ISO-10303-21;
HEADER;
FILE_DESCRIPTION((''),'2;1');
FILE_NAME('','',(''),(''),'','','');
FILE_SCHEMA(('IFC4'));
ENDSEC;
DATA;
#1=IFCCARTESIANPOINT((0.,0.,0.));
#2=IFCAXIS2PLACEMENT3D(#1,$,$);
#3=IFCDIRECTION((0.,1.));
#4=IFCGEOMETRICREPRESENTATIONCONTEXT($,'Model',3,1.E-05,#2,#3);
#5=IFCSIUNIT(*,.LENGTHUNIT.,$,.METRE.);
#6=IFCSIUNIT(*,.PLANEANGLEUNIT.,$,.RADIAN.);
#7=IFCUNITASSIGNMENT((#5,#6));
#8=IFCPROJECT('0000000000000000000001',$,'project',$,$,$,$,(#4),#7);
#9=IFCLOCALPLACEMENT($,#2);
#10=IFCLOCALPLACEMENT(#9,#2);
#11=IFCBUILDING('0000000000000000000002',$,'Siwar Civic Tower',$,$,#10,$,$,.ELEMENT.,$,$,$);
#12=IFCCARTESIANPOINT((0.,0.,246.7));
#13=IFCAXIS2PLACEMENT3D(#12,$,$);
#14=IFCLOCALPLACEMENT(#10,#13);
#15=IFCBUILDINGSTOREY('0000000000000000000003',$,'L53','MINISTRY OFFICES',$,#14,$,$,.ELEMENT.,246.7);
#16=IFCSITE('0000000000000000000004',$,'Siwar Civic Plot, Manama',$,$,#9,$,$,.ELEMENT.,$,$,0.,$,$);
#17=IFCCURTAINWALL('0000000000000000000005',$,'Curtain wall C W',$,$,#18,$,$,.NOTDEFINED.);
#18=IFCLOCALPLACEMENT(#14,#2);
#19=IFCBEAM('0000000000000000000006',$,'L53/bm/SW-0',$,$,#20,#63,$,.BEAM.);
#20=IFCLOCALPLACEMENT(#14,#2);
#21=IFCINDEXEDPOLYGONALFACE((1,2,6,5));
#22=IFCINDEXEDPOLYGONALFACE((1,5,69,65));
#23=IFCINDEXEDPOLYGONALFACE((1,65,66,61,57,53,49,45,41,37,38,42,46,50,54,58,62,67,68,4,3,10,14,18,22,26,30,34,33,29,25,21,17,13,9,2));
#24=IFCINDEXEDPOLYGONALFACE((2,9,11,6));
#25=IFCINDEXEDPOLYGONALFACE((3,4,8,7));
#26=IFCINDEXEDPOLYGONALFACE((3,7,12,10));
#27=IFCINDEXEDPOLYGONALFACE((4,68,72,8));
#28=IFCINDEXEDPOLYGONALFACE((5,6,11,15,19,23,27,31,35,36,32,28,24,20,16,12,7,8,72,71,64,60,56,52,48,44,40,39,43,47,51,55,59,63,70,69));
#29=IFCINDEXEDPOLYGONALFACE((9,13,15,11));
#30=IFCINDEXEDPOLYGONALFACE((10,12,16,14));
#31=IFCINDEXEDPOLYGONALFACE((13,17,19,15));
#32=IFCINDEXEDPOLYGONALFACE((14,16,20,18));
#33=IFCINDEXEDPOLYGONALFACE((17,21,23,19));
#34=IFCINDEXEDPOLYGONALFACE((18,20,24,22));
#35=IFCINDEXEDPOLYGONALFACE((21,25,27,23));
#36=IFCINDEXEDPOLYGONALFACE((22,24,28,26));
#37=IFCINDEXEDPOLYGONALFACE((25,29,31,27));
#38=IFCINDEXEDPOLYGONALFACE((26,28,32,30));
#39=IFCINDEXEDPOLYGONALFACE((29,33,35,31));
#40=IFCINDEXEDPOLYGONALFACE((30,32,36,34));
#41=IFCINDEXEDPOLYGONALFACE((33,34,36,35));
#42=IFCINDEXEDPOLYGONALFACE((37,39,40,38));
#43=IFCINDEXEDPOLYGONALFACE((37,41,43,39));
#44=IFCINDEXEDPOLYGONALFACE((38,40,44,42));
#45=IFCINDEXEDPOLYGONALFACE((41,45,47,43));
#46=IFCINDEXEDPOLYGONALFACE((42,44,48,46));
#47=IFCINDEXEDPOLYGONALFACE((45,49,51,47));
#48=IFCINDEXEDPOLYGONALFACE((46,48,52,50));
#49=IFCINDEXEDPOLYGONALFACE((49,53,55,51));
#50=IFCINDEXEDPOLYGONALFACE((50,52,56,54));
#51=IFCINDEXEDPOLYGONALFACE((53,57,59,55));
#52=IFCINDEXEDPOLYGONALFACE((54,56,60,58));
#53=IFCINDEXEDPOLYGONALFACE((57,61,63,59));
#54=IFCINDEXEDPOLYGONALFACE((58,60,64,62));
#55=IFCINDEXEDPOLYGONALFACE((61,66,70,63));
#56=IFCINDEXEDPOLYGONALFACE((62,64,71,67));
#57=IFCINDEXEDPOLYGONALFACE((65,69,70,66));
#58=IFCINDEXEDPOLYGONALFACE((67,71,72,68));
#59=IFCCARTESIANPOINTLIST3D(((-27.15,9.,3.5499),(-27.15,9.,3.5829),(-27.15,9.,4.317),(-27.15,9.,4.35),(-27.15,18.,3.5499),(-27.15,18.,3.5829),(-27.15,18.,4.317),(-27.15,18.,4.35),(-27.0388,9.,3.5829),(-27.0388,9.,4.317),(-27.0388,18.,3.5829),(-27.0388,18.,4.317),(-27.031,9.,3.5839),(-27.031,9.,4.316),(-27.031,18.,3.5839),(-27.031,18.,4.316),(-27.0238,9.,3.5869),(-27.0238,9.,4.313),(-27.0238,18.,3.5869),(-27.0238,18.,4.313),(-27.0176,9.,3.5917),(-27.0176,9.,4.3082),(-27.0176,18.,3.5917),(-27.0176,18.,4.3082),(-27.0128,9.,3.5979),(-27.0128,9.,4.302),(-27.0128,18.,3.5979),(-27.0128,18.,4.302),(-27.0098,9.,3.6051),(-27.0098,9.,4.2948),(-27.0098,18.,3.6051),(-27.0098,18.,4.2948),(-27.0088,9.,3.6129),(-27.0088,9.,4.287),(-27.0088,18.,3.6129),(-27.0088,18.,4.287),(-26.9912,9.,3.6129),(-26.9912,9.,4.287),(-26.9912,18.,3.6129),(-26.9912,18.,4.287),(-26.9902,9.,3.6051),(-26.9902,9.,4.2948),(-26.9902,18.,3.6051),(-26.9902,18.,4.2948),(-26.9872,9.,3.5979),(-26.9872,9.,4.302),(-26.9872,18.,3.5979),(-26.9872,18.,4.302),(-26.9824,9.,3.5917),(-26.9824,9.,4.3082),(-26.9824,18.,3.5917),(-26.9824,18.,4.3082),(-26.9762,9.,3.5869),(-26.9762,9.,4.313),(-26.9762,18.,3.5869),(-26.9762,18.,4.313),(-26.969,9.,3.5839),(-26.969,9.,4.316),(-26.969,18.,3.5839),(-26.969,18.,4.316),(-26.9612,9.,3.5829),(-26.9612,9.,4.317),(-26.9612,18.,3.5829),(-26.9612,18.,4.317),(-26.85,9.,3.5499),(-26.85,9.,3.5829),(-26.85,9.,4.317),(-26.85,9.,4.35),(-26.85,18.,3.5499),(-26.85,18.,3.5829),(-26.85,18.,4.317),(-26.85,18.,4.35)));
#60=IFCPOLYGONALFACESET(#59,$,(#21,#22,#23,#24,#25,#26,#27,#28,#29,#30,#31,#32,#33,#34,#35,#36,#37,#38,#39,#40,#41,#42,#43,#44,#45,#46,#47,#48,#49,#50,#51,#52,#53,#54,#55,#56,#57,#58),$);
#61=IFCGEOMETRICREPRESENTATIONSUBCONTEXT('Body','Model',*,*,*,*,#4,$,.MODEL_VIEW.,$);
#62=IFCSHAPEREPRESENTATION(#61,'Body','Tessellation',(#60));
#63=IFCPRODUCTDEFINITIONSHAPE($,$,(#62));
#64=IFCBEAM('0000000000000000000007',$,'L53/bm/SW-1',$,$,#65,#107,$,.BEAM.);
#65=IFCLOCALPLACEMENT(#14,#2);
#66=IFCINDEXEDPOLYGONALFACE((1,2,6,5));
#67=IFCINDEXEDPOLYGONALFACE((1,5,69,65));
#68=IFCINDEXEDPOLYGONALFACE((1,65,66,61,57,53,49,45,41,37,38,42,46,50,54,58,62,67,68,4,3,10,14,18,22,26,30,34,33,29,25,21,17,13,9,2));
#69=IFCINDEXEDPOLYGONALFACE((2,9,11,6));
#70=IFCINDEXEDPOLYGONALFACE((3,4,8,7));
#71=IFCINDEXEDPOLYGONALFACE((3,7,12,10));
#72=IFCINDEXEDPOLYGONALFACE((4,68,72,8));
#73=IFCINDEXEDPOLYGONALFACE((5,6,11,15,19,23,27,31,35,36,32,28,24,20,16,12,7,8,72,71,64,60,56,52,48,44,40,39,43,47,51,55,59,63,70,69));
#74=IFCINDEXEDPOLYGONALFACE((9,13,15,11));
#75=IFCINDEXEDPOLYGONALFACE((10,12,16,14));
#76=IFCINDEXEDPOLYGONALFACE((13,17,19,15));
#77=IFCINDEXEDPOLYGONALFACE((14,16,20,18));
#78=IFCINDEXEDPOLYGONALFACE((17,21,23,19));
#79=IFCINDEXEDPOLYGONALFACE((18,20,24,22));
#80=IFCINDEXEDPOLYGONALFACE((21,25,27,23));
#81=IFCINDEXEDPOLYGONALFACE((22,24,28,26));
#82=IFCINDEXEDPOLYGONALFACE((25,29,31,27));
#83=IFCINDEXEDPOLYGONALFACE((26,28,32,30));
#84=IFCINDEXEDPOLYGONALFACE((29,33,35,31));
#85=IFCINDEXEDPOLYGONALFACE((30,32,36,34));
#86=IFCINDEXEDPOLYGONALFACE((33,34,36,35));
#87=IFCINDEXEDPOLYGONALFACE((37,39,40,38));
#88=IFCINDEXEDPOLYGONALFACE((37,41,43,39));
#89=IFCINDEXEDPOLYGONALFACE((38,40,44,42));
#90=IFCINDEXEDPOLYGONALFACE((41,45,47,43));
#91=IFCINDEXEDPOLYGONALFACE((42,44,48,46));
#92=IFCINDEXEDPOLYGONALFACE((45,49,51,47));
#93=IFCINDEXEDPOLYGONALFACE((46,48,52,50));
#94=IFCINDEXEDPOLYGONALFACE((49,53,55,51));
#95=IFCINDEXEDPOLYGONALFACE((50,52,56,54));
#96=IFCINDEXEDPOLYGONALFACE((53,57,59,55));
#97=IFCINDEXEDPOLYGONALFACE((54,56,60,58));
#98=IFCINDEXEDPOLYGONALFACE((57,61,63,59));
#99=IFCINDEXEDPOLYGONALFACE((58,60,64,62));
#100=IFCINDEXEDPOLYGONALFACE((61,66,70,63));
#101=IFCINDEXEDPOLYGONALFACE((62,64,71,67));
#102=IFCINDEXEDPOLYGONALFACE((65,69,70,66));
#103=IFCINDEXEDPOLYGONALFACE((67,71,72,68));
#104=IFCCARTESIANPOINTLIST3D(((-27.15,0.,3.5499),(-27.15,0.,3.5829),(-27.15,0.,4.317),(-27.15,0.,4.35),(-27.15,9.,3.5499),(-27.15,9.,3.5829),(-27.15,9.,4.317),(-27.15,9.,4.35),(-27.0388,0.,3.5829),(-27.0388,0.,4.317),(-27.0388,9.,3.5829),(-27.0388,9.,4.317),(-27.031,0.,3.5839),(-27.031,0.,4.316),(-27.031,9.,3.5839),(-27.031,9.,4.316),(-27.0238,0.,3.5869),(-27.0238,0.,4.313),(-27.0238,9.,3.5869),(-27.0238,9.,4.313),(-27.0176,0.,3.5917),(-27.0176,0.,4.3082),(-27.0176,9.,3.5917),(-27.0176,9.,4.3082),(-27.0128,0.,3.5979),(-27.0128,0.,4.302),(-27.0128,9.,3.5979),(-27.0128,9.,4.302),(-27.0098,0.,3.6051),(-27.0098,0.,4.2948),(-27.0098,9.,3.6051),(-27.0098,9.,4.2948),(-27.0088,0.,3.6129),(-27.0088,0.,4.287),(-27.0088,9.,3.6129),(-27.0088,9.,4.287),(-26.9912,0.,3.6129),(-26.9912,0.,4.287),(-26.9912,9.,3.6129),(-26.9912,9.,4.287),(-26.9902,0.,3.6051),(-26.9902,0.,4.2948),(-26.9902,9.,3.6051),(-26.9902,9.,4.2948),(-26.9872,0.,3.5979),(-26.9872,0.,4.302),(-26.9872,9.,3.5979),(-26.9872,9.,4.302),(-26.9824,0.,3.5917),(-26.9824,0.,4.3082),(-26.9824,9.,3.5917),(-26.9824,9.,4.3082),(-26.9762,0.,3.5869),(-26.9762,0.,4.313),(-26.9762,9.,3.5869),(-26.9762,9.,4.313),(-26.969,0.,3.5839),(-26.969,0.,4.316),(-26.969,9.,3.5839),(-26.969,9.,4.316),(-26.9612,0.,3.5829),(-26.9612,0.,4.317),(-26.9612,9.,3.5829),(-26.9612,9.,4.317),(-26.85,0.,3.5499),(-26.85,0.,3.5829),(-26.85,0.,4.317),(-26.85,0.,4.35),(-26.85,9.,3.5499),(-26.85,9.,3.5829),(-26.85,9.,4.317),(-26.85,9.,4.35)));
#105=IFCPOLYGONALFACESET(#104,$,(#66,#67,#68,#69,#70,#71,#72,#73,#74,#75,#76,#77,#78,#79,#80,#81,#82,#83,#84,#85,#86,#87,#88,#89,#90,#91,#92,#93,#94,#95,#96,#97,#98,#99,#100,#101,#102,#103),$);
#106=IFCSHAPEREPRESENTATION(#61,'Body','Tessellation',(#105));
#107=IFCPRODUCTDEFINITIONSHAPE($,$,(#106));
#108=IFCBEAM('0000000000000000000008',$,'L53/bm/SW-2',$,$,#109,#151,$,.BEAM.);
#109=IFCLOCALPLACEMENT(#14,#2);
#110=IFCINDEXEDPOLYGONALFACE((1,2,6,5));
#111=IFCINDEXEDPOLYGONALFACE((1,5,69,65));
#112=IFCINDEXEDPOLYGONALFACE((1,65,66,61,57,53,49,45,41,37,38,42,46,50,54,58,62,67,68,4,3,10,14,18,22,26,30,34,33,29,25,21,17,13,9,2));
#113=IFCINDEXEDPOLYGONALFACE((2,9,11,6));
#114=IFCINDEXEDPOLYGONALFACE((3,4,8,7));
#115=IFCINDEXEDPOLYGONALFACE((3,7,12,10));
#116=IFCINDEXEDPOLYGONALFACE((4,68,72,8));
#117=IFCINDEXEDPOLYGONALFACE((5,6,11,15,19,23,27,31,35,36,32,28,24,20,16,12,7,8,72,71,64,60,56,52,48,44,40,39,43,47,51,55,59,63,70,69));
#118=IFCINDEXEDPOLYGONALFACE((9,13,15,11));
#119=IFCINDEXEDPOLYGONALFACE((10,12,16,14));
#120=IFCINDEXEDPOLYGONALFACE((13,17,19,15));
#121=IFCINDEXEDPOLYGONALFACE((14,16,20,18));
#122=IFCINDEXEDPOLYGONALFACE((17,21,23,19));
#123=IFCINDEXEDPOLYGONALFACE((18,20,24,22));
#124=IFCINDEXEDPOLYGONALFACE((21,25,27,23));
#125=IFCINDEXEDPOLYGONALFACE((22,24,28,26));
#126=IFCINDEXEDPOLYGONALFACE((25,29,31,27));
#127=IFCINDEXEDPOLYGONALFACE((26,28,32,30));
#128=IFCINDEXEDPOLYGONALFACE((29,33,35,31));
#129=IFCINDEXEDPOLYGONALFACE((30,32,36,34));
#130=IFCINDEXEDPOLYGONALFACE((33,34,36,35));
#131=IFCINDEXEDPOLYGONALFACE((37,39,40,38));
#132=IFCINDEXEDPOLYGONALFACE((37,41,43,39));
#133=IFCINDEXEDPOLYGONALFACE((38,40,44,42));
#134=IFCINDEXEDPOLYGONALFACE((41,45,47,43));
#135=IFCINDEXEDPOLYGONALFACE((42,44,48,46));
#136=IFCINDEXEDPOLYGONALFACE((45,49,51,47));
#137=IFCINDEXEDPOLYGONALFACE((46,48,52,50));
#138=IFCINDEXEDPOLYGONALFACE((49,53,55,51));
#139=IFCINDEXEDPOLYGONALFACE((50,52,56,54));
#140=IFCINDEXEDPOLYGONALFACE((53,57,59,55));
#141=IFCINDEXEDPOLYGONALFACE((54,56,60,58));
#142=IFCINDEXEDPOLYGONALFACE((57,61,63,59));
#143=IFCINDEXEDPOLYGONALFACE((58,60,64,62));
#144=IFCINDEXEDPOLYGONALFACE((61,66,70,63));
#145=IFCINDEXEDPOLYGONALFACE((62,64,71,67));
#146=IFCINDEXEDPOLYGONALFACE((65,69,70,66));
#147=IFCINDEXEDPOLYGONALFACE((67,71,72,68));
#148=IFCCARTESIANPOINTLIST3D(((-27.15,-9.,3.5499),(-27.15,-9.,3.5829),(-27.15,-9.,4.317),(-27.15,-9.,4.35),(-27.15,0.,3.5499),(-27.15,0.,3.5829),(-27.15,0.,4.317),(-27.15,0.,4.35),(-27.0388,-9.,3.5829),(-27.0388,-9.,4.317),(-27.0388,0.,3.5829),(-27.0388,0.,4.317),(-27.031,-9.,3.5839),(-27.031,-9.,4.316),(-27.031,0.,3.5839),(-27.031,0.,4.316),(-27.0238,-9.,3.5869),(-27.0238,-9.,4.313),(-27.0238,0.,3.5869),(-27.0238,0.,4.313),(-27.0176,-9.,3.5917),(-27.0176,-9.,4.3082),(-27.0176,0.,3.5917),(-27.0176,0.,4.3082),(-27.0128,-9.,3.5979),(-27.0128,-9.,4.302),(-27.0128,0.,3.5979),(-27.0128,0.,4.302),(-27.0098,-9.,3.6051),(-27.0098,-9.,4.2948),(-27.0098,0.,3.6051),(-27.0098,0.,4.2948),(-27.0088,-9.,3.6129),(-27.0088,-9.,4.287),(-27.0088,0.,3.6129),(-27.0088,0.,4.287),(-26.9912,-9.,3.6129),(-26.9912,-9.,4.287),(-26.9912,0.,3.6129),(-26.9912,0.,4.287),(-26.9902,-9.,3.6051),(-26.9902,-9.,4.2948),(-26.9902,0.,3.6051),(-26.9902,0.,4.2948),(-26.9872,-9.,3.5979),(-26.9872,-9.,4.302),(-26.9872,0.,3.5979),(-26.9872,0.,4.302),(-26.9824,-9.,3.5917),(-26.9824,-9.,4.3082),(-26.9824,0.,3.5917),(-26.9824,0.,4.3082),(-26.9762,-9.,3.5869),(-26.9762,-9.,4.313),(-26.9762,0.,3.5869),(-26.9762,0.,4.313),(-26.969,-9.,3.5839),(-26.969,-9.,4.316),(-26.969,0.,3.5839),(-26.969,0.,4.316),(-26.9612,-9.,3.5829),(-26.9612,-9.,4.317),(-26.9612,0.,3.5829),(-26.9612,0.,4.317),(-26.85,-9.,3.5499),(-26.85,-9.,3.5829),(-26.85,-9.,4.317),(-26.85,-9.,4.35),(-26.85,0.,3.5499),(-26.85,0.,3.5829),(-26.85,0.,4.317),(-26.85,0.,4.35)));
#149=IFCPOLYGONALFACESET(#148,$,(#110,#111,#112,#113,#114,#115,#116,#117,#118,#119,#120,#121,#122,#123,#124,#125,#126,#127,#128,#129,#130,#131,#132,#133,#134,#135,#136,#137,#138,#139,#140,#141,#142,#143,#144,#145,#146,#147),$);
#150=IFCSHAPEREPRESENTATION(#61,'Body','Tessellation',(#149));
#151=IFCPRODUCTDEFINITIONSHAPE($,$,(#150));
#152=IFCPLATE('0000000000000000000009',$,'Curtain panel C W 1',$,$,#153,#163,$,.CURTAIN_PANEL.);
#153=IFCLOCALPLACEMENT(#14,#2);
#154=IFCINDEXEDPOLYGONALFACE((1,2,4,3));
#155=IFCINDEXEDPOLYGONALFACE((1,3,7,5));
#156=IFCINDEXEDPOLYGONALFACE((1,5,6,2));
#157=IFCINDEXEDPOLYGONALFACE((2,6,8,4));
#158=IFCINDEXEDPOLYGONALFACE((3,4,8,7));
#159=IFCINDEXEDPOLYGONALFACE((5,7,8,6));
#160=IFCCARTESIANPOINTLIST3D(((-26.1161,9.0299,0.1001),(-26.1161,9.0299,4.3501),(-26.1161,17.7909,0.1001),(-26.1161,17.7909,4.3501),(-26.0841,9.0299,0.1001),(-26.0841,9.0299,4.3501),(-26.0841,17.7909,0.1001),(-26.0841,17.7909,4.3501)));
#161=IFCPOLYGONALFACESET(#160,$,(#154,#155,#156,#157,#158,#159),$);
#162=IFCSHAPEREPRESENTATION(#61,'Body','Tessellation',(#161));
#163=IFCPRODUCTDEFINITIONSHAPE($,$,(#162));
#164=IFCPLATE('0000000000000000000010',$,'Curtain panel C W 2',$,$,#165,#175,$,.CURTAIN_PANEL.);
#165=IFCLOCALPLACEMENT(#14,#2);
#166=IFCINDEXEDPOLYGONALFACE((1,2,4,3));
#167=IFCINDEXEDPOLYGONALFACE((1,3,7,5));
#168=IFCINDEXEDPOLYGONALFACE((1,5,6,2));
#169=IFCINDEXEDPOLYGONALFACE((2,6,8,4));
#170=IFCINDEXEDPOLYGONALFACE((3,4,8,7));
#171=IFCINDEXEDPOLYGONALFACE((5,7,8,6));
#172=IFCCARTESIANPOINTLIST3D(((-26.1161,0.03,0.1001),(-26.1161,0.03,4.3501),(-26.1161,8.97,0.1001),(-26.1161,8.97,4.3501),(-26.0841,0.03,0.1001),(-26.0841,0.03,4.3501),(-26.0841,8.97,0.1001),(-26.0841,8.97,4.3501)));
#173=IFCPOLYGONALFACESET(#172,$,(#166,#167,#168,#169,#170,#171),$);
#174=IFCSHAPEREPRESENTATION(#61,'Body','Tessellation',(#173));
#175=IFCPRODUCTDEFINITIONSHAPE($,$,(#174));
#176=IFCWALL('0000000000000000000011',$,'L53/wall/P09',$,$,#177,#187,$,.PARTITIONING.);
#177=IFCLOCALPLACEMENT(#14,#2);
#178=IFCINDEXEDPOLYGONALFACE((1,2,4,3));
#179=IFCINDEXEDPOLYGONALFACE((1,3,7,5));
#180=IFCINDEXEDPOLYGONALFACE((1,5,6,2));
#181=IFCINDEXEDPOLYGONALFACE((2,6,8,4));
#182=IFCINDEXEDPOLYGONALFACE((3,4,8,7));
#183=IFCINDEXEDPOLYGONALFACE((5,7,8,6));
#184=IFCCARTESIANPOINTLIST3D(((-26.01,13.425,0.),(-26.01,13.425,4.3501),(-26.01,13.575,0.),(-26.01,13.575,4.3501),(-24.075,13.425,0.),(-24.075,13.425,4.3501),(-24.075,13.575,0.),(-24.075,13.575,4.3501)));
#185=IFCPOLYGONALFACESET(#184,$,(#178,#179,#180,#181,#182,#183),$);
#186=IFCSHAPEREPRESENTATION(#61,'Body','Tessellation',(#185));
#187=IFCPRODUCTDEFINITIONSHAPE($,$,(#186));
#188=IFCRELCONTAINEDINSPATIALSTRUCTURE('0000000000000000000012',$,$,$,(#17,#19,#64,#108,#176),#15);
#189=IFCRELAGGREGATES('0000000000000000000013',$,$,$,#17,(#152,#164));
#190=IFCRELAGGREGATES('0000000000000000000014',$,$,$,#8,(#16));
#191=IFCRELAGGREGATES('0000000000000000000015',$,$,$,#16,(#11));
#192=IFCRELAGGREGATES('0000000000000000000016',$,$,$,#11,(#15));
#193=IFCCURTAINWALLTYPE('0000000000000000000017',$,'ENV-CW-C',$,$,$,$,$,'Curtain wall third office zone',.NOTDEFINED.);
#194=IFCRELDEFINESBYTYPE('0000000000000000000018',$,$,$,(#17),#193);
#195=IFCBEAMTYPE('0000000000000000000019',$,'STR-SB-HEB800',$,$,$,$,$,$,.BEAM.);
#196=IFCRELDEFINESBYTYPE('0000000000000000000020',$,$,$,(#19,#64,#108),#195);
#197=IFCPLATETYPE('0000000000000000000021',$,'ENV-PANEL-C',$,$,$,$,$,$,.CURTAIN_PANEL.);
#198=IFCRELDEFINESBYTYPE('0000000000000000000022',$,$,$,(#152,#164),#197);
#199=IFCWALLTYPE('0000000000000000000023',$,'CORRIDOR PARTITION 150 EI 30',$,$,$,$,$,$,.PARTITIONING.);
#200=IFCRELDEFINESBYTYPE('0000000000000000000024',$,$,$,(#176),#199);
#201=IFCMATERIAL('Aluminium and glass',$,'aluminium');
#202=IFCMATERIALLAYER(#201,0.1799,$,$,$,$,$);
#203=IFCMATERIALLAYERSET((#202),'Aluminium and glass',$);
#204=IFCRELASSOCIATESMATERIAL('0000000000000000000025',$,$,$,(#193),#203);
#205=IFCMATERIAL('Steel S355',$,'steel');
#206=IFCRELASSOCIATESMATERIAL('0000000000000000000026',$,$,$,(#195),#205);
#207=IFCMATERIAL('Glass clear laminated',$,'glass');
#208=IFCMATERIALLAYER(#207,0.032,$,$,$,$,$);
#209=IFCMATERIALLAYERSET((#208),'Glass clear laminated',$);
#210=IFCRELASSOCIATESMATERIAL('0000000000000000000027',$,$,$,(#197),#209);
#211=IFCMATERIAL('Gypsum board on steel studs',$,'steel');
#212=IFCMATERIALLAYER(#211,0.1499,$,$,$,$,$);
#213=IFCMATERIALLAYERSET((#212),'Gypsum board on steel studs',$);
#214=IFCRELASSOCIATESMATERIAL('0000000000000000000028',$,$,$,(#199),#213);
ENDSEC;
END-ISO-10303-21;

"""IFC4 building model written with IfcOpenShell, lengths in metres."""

from ifc_helpers import new_model, si_unit, direction, frame, frame_2d, origin, origin_2d, place, context, subcontext, project, spatial, rectangle, i_section, extrude, material, layer, layer_set, material_profile, profile_set, type_object, element, aggregate, save


model = new_model("IFC4")

# Units and contexts
model_context = context("Model", 3, precision=1e-05, world=origin(), true_north=direction((0.0, 1.0)))
body_context = subcontext(model_context, "Body", "Model", "MODEL_VIEW")
ifc_project = project(units=[si_unit("LENGTHUNIT", "METRE"), si_unit("PLANEANGLEUNIT", "RADIAN")], contexts=[model_context])

# Site, building, storey
site_placement = place(None, origin())
site = spatial("IfcSite", under=ifc_project, at=site_placement, Name="Siwar Civic Plot, Manama", CompositionType="ELEMENT", RefElevation=0.0)
building_placement = place(site_placement, origin())
building = spatial("IfcBuilding", under=site, at=building_placement, Name="Siwar Civic Tower", CompositionType="ELEMENT")
storey_placement = place(building_placement, frame((0.0, 0.0, 246.7)))
storey = spatial("IfcBuildingStorey", under=building, at=storey_placement, Name="L53", Description="MINISTRY OFFICES", CompositionType="ELEMENT", Elevation=246.7)

# Curtain wall
ifc_material_1 = material(Name="Aluminium and glass", Category="aluminium")
ifc_layer_1 = layer(ifc_material_1, 0.1799)
ifc_layer_set_1 = layer_set([ifc_layer_1], Name="Aluminium and glass")
curtain_wall_type = type_object("IfcCurtainWallType", Name="ENV-CW-C", ElementType="Curtain wall third office zone", PredefinedType="NOTDEFINED", material=ifc_layer_set_1)
curtain_wall_placement = place(storey_placement, origin())
curtain_wall = element("IfcCurtainWall", 1, at=curtain_wall_placement, inside=storey, type_object=curtain_wall_type, Name="Curtain wall C W", PredefinedType="NOTDEFINED")

# Beams
ifc_material_2 = material(Name="Steel S355", Category="steel")
ifc_material_profile_1 = material_profile(ifc_material_2, i_section(OverallWidth=0.3, OverallDepth=0.8, WebThickness=0.0176, FlangeThickness=0.033, FilletRadius=0.03, at=origin_2d()), Name="HEB800")
ifc_profile_set_1 = profile_set([ifc_material_profile_1], Name="Steel S355")
beam_type_1 = type_object("IfcBeamType", Name="STR-SB-HEB800", PredefinedType="BEAM", material=ifc_profile_set_1)
for number, where, z_axis, x_axis, name in (
    (2, (-27.0, 18.0, 3.95), (0.0, -1.0, 0.0), (1.0, 0.0, 0.0), "L53/bm/SW-0"),
    (3, (-27.0, 9.0, 3.95), (0.0, -1.0, 0.0), (1.0, 0.0, 0.0), "L53/bm/SW-1"),
    (4, (-27.0, 0.0, 3.95), (0.0, -1.0, 0.0), (1.0, 0.0, 0.0), "L53/bm/SW-2"),
):
    element("IfcBeam", number, at=place(storey_placement, frame(where, z_axis=z_axis, x_axis=x_axis)), inside=storey, type_object=beam_type_1, Name=name, PredefinedType="BEAM", context=body_context, shape_type="SweptSolid", body=[
        extrude(i_section(OverallWidth=0.3, OverallDepth=0.8, WebThickness=0.0176, FlangeThickness=0.033, FilletRadius=0.03, at=origin_2d()), origin(), (0.0, 0.0, 1.0), 9.0),
    ])

# Plates
ifc_material_3 = material(Name="Glass clear laminated", Category="glass")
ifc_layer_2 = layer(ifc_material_3, 0.032)
ifc_layer_set_2 = layer_set([ifc_layer_2], Name="Glass clear laminated")
plate_type = type_object("IfcPlateType", Name="ENV-PANEL-C", PredefinedType="CURTAIN_PANEL", material=ifc_layer_set_2)
plate_1_placement = place(storey_placement, frame((-26.1001, 13.4104, 0.1001), z_axis=(0.0, 0.0, 1.0), x_axis=(0.0, -1.0, 0.0)))
plate_1 = element("IfcPlate", 5, at=plate_1_placement, type_object=plate_type, Name="Curtain panel C W 1", PredefinedType="CURTAIN_PANEL", context=body_context, shape_type="SweptSolid", body=[
    extrude(rectangle(XDim=8.761, YDim=0.032, at=origin_2d()), origin(), (0.0, 0.0, 1.0), 4.25),
])
plate_2_placement = place(storey_placement, frame((-26.1001, 4.5, 0.1001), z_axis=(0.0, 0.0, 1.0), x_axis=(0.0, -1.0, 0.0)))
plate_2 = element("IfcPlate", 6, at=plate_2_placement, type_object=plate_type, Name="Curtain panel C W 2", PredefinedType="CURTAIN_PANEL", context=body_context, shape_type="SweptSolid", body=[
    extrude(rectangle(XDim=8.9399, YDim=0.032, at=origin_2d()), origin(), (0.0, 0.0, 1.0), 4.25),
])
aggregate(curtain_wall, [plate_1, plate_2])

# Wall
ifc_material_4 = material(Name="Gypsum board on steel studs", Category="steel")
ifc_layer_3 = layer(ifc_material_4, 0.1499)
ifc_layer_set_3 = layer_set([ifc_layer_3], Name="Gypsum board on steel studs")
wall_type_1 = type_object("IfcWallType", Name="CORRIDOR PARTITION 150 EI 30", PredefinedType="PARTITIONING", material=ifc_layer_set_3)
wall_1_placement = place(storey_placement, frame((-26.01, 13.5, 0.0), z_axis=(0.0, 0.0, 1.0), x_axis=(1.0, 0.0, 0.0)))
element("IfcWall", 7, at=wall_1_placement, inside=storey, type_object=wall_type_1, Name="L53/wall/P09", PredefinedType="PARTITIONING", context=body_context, shape_type="SweptSolid", body=[
    extrude(rectangle(XDim=1.9351, YDim=0.1499, at=frame_2d((0.9675, 0.0))), origin(), (0.0, 0.0, 1.0), 4.3501),
])

save(model, "model.ifc")
